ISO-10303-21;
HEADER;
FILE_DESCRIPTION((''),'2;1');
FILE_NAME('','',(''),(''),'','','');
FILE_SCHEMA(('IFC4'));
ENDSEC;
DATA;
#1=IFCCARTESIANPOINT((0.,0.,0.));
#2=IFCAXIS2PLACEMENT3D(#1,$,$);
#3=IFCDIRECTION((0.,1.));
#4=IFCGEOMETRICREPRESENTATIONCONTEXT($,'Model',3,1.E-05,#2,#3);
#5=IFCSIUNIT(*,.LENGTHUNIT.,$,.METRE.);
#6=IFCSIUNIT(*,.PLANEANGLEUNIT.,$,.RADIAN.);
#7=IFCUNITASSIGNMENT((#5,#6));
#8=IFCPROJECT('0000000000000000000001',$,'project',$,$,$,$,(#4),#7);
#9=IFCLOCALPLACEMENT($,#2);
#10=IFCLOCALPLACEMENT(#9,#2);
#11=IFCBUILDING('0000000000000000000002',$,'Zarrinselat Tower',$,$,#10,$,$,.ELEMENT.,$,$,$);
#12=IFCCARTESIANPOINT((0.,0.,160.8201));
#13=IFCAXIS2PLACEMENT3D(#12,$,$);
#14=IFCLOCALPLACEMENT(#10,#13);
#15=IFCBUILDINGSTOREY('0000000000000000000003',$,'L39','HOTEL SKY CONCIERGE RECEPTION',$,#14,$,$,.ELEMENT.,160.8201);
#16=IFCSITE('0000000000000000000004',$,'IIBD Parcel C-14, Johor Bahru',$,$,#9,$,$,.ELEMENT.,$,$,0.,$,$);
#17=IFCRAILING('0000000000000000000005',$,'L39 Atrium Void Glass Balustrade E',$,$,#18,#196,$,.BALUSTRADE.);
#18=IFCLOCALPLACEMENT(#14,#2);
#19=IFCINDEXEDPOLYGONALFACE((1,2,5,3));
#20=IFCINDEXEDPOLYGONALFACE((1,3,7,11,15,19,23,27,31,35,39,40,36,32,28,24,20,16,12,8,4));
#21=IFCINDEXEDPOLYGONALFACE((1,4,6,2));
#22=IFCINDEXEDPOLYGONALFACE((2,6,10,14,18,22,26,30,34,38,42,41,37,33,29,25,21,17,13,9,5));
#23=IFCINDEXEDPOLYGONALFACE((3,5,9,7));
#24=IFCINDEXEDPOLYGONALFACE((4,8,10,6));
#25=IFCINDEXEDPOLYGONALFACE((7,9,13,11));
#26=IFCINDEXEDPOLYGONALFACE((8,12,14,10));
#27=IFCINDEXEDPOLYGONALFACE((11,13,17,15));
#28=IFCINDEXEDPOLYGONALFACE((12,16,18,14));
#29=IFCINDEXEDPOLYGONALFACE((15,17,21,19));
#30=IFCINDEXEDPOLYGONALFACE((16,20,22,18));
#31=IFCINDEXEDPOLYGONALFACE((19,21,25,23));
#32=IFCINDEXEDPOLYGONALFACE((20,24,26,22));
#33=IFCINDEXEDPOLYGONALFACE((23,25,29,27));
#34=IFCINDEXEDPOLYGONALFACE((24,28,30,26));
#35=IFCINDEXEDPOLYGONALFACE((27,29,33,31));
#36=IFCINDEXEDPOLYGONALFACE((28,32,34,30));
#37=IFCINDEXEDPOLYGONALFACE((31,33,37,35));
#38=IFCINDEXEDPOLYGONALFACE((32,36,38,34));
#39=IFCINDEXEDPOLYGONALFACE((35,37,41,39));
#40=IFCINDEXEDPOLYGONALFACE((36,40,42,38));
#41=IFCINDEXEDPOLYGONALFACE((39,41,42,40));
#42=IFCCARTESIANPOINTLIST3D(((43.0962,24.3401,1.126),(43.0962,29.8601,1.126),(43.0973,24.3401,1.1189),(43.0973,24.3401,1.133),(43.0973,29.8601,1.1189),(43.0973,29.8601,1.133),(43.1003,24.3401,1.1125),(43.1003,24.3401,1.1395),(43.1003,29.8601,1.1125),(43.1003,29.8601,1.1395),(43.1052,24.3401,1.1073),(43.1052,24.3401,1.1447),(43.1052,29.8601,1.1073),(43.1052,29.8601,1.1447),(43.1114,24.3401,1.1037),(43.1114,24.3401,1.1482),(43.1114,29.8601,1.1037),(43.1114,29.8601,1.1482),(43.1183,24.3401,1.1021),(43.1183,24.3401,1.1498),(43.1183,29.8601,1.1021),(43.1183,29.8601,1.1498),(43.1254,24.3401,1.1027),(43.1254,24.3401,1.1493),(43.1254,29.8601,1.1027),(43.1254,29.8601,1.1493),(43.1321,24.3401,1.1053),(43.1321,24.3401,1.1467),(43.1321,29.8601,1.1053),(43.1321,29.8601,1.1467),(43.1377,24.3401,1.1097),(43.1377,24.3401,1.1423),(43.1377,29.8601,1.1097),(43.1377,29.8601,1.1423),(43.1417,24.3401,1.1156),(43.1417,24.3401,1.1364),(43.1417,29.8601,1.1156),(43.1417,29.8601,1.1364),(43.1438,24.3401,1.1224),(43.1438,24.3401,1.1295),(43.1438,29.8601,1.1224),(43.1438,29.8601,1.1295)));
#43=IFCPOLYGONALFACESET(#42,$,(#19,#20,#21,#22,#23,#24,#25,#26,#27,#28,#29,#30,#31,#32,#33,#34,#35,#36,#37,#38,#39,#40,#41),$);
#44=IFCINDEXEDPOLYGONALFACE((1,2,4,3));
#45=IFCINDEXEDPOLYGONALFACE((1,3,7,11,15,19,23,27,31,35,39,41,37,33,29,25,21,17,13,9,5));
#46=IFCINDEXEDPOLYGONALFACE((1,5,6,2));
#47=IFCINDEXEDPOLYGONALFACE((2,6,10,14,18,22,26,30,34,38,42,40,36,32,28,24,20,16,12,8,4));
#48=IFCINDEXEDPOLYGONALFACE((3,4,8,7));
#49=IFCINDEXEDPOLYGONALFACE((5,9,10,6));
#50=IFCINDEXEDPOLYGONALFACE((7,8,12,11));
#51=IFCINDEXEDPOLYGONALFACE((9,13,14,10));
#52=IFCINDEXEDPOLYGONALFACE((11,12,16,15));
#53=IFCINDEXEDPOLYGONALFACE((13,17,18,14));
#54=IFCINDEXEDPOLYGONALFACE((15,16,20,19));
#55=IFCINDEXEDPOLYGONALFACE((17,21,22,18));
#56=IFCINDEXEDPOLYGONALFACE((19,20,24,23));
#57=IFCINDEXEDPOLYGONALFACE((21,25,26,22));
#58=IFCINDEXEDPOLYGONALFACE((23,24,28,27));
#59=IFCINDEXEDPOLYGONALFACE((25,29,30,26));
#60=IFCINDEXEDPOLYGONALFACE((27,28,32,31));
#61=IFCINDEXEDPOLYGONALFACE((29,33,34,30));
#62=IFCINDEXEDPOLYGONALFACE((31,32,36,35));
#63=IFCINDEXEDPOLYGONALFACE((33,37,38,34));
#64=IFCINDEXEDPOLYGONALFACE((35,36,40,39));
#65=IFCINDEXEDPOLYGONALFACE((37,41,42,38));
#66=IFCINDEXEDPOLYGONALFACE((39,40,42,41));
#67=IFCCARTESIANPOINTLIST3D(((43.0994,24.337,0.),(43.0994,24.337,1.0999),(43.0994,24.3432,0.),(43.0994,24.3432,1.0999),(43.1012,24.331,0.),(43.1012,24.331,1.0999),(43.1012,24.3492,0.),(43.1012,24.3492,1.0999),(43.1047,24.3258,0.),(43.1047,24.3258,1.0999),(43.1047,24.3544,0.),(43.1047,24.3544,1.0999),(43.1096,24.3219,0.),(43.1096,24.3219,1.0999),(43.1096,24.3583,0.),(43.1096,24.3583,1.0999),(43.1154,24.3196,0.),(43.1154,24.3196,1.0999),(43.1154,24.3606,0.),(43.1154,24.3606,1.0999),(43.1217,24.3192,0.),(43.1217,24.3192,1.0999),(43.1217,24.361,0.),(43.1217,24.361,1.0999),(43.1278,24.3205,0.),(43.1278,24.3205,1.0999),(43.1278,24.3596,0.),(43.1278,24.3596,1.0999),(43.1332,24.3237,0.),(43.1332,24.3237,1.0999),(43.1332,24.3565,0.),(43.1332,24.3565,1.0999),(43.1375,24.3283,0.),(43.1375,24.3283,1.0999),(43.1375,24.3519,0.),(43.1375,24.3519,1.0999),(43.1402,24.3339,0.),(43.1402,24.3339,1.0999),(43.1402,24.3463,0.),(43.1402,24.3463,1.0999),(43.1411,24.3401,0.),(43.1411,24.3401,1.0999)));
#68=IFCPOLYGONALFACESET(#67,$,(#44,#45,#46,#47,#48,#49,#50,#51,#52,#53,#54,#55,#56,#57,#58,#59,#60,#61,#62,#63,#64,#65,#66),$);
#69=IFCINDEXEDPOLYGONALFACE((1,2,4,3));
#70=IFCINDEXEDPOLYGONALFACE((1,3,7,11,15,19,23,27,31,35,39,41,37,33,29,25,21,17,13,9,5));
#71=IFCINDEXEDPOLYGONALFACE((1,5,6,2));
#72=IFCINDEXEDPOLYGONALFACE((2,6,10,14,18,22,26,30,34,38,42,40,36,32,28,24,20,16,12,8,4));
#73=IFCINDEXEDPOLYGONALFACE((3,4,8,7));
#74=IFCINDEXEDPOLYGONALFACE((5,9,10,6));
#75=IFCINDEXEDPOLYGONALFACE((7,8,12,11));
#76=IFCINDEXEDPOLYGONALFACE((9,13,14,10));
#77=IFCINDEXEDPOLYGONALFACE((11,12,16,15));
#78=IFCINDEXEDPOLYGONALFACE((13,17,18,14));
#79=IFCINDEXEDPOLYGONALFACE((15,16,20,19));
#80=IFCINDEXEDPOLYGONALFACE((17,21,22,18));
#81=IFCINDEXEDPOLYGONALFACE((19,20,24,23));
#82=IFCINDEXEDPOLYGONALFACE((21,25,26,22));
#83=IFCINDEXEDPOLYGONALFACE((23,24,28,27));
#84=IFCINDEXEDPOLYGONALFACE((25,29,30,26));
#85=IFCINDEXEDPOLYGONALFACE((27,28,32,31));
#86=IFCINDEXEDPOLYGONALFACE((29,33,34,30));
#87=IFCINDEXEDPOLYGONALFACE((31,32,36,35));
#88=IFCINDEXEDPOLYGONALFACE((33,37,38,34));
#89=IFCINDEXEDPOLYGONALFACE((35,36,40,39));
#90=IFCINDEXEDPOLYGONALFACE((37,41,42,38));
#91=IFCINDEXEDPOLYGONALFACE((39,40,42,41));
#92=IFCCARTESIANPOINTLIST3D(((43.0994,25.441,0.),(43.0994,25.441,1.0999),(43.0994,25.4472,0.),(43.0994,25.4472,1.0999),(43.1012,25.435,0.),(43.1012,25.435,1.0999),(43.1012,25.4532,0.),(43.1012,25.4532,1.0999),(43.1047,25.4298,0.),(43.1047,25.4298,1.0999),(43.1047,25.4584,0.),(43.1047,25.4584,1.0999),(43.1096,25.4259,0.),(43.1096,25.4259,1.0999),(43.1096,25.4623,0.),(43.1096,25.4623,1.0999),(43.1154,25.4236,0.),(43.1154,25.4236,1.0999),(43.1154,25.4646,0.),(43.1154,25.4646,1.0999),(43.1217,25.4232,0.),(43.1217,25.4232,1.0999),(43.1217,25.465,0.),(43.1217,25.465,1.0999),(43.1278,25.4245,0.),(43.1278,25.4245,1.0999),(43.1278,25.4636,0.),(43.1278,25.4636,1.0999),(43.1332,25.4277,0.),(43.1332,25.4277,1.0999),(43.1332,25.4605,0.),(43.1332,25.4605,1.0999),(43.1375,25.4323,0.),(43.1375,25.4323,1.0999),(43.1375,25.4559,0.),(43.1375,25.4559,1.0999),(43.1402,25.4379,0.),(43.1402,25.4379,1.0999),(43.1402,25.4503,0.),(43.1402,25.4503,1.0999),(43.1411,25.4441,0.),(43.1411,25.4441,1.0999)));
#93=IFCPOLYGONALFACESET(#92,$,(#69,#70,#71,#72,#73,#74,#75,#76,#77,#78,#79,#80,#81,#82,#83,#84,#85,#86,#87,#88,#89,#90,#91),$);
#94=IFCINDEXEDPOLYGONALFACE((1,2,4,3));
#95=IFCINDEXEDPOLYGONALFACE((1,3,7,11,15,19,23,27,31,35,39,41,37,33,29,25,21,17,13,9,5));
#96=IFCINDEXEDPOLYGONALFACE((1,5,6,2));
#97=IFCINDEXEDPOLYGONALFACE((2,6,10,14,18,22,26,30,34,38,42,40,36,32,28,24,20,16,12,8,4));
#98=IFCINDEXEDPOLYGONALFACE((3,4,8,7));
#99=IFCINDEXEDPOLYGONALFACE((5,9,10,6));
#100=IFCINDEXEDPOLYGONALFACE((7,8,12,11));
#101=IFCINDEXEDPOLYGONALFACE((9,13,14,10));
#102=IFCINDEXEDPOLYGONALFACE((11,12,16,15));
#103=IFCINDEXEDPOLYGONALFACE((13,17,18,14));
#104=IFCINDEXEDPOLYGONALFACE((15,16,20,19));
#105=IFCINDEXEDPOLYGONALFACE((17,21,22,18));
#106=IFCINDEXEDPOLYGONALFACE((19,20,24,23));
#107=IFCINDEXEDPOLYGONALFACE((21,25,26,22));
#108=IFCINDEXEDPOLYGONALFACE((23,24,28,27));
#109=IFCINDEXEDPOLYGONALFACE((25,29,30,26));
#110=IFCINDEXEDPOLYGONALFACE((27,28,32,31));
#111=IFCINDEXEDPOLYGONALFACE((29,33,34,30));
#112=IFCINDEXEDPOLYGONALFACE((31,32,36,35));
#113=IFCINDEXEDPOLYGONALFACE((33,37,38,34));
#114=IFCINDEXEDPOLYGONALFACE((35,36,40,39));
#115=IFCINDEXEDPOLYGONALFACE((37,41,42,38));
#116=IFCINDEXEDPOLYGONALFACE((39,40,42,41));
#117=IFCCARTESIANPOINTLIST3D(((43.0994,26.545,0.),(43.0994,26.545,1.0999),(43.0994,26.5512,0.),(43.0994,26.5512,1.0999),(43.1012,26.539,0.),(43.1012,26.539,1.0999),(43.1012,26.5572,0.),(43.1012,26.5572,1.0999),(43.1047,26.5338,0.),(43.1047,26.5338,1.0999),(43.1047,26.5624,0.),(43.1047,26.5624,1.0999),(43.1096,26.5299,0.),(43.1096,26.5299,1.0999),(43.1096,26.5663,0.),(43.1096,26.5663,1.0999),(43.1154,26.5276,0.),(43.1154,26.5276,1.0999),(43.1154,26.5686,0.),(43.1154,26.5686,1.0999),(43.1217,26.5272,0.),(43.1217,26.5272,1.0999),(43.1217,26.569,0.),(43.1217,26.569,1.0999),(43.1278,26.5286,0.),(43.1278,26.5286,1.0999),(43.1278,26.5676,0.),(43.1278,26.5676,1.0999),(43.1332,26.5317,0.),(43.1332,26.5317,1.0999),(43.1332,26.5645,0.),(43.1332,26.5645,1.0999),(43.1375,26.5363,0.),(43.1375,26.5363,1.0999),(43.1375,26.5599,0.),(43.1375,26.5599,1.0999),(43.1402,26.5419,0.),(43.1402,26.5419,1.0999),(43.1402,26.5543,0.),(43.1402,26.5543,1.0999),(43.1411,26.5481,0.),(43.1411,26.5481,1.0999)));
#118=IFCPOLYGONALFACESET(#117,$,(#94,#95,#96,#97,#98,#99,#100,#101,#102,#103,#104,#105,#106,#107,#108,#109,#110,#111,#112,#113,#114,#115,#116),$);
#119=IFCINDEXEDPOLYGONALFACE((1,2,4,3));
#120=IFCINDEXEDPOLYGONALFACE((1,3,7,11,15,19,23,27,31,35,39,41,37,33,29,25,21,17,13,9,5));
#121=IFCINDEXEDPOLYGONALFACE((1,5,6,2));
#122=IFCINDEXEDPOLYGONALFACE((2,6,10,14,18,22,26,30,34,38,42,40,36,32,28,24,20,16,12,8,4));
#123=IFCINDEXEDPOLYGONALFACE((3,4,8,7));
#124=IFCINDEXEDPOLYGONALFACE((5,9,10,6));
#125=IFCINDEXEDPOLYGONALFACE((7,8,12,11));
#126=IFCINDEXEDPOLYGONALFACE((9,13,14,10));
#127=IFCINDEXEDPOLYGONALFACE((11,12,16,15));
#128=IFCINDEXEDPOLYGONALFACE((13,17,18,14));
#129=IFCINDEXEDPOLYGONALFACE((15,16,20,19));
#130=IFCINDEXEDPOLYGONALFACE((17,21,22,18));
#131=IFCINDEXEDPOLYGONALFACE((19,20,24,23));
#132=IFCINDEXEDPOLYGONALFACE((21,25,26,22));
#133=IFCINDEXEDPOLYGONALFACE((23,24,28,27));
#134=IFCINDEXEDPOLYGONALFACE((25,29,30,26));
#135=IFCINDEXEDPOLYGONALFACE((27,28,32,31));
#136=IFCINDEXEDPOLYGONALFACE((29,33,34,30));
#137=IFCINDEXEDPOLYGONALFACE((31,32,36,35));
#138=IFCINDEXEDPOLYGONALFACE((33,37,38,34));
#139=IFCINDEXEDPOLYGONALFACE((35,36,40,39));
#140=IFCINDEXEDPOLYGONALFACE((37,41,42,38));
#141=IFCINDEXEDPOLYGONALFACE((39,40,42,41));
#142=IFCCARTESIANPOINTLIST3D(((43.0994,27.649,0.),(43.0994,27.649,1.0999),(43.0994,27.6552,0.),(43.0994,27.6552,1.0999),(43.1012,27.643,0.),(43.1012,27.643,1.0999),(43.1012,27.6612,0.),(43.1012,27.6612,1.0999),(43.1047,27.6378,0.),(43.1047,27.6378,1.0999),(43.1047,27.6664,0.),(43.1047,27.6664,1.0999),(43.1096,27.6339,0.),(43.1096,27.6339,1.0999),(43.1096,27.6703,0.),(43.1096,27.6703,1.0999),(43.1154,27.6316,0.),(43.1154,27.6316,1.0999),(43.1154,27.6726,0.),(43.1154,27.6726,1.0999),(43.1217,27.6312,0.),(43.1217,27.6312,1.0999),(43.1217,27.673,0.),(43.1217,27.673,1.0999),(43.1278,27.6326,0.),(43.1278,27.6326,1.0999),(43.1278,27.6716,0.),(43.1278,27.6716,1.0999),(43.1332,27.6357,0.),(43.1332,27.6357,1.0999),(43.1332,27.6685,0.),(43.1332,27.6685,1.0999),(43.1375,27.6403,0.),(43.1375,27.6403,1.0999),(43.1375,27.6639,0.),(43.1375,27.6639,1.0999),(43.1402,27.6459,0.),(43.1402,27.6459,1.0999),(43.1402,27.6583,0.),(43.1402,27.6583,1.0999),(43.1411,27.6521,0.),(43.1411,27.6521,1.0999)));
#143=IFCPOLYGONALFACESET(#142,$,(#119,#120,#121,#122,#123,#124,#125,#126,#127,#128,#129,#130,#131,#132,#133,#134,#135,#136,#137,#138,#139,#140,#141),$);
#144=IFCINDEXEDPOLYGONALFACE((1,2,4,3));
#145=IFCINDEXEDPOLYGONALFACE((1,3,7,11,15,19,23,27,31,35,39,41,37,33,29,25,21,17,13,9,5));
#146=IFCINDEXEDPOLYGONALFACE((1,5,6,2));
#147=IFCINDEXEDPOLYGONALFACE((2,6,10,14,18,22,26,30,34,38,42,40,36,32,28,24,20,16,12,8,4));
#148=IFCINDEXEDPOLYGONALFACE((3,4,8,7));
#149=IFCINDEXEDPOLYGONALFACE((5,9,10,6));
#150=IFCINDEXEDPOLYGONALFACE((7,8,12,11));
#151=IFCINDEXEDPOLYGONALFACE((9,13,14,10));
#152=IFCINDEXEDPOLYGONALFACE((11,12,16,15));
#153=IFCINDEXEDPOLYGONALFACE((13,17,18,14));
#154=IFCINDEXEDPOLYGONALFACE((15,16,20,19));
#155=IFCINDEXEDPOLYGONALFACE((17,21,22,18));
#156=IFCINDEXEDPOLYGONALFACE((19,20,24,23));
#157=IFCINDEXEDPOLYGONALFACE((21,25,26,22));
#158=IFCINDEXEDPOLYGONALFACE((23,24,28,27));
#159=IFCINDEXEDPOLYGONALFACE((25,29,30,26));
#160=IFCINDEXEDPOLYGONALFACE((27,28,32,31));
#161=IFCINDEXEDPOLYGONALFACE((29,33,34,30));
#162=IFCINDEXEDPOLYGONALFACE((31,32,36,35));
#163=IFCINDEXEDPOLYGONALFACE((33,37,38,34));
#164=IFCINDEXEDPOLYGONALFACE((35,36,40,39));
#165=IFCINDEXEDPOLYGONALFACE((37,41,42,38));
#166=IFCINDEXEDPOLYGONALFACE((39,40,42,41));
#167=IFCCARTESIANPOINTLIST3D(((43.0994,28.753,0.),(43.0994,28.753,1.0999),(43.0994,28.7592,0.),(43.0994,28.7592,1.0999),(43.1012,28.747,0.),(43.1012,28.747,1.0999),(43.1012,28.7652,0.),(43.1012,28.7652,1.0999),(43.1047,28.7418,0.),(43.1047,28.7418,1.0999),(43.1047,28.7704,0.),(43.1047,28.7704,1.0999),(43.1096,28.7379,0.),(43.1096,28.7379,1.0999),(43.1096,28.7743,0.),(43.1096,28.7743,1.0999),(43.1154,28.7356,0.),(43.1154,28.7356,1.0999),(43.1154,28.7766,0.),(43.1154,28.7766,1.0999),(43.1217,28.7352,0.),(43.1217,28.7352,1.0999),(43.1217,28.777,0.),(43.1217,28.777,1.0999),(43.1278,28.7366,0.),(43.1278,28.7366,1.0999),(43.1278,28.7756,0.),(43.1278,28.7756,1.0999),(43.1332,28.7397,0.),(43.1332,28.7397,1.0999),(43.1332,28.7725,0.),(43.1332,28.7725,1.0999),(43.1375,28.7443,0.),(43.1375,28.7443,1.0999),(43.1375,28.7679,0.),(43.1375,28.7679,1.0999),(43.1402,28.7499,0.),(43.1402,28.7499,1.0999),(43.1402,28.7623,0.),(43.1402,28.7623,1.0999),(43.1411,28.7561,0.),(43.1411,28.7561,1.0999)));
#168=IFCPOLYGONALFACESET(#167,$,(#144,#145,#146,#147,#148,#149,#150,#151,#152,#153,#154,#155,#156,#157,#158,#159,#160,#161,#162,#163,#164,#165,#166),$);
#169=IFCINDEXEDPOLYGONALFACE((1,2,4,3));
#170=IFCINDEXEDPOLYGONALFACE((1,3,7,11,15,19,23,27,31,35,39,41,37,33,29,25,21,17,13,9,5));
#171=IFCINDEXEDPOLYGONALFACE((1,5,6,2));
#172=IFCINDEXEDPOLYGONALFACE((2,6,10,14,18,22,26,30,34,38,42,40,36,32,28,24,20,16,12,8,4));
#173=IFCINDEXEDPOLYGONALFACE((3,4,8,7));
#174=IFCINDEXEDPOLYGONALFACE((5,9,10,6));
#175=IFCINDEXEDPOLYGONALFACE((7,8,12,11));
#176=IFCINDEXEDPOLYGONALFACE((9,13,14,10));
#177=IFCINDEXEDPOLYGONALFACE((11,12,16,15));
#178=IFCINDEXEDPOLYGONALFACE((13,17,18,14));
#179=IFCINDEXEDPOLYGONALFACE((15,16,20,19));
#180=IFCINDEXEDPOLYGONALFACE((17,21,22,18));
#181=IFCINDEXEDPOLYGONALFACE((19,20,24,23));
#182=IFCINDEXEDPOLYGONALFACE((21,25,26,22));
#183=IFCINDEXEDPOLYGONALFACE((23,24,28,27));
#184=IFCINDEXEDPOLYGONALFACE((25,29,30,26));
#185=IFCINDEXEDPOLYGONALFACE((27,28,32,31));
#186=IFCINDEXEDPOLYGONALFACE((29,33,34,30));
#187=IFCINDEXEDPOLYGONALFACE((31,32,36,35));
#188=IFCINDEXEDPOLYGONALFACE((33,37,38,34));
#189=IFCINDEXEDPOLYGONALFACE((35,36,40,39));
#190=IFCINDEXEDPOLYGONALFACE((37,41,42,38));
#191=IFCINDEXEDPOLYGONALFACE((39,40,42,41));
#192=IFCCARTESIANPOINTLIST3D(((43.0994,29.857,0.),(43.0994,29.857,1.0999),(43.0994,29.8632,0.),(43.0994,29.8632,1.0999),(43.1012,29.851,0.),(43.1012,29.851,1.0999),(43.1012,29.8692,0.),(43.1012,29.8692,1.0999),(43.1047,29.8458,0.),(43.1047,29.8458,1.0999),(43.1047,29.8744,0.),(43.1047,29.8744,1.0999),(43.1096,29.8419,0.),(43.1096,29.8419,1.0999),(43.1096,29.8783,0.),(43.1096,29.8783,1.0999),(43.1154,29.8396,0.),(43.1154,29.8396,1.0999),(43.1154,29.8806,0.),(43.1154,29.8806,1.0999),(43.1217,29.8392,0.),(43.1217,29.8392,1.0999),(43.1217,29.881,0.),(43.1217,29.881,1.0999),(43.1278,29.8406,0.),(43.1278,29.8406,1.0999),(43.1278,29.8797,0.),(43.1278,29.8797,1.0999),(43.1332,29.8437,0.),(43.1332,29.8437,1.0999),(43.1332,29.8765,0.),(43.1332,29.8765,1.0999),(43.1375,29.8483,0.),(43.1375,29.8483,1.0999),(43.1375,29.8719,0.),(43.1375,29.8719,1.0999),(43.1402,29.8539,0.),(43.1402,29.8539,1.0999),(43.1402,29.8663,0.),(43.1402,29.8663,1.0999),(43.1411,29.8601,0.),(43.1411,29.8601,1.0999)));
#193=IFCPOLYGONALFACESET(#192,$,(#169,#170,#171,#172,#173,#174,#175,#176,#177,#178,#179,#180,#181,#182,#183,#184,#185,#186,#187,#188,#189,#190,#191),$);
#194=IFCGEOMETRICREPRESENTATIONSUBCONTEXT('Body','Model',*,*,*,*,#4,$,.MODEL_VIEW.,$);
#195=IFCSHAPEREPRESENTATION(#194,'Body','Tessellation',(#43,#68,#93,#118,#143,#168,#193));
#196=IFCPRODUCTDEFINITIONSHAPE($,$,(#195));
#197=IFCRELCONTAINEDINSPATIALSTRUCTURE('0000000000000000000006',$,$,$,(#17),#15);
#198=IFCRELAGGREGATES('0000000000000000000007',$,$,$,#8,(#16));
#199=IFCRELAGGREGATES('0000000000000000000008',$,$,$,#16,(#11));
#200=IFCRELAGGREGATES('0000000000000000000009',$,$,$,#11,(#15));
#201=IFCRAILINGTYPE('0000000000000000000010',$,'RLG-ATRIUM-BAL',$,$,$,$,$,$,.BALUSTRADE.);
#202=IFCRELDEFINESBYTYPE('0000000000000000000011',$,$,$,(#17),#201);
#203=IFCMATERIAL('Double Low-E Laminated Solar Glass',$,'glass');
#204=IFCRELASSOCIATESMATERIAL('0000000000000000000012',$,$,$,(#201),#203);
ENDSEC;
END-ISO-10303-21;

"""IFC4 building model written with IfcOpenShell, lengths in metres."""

from ifc_helpers import new_model, si_unit, direction, frame, origin, origin_2d, place, context, subcontext, project, spatial, circle, extrude, material, type_object, element, save


model = new_model("IFC4")

# Units and contexts
model_context = context("Model", 3, precision=1e-05, world=origin(), true_north=direction((0.0, 1.0)))
body_context = subcontext(model_context, "Body", "Model", "MODEL_VIEW")
ifc_project = project(units=[si_unit("LENGTHUNIT", "METRE"), si_unit("PLANEANGLEUNIT", "RADIAN")], contexts=[model_context])

# Site, building, storey
site_placement = place(None, origin())
site = spatial("IfcSite", under=ifc_project, at=site_placement, Name="IIBD Parcel C-14, Johor Bahru", CompositionType="ELEMENT", RefElevation=0.0)
building_placement = place(site_placement, origin())
building = spatial("IfcBuilding", under=site, at=building_placement, Name="Zarrinselat Tower", CompositionType="ELEMENT")
storey_placement = place(building_placement, frame((0.0, 0.0, 160.8201)))
storey = spatial("IfcBuildingStorey", under=building, at=storey_placement, Name="L39", Description="HOTEL SKY CONCIERGE RECEPTION", CompositionType="ELEMENT", Elevation=160.8201)

# Railing
ifc_material_1 = material(Name="Double Low-E Laminated Solar Glass", Category="glass")
railing_type_1 = type_object("IfcRailingType", Name="RLG-ATRIUM-BAL", PredefinedType="BALUSTRADE", material=ifc_material_1)
railing_1_placement = place(storey_placement, frame((43.1201, 24.3401, 0.0)))
element("IfcRailing", 1, at=railing_1_placement, inside=storey, type_object=railing_type_1, Name="L39 Atrium Void Glass Balustrade E", PredefinedType="BALUSTRADE", context=body_context, shape_type="SweptSolid", body=[
    extrude(circle(Radius=0.0239, at=origin_2d()), frame((0.0, 0.0, 1.126), z_axis=(0.0, 1.0, 0.0), x_axis=(-1.0, 0.0, 0.0)), (0.0, 0.0, 1.0), 5.52),
    extrude(circle(Radius=0.021, at=origin_2d()), origin(), (0.0, 0.0, 1.0), 1.0999),
    extrude(circle(Radius=0.021, at=origin_2d()), frame((0.0, 1.104, 0.0)), (0.0, 0.0, 1.0), 1.0999),
    extrude(circle(Radius=0.021, at=origin_2d()), frame((0.0, 2.208, 0.0)), (0.0, 0.0, 1.0), 1.0999),
    extrude(circle(Radius=0.021, at=origin_2d()), frame((0.0, 3.312, 0.0)), (0.0, 0.0, 1.0), 1.0999),
    extrude(circle(Radius=0.021, at=origin_2d()), frame((0.0, 4.416, 0.0)), (0.0, 0.0, 1.0), 1.0999),
    extrude(circle(Radius=0.021, at=origin_2d()), frame((0.0, 5.52, 0.0)), (0.0, 0.0, 1.0), 1.0999),
])

save(model, "model.ifc")
